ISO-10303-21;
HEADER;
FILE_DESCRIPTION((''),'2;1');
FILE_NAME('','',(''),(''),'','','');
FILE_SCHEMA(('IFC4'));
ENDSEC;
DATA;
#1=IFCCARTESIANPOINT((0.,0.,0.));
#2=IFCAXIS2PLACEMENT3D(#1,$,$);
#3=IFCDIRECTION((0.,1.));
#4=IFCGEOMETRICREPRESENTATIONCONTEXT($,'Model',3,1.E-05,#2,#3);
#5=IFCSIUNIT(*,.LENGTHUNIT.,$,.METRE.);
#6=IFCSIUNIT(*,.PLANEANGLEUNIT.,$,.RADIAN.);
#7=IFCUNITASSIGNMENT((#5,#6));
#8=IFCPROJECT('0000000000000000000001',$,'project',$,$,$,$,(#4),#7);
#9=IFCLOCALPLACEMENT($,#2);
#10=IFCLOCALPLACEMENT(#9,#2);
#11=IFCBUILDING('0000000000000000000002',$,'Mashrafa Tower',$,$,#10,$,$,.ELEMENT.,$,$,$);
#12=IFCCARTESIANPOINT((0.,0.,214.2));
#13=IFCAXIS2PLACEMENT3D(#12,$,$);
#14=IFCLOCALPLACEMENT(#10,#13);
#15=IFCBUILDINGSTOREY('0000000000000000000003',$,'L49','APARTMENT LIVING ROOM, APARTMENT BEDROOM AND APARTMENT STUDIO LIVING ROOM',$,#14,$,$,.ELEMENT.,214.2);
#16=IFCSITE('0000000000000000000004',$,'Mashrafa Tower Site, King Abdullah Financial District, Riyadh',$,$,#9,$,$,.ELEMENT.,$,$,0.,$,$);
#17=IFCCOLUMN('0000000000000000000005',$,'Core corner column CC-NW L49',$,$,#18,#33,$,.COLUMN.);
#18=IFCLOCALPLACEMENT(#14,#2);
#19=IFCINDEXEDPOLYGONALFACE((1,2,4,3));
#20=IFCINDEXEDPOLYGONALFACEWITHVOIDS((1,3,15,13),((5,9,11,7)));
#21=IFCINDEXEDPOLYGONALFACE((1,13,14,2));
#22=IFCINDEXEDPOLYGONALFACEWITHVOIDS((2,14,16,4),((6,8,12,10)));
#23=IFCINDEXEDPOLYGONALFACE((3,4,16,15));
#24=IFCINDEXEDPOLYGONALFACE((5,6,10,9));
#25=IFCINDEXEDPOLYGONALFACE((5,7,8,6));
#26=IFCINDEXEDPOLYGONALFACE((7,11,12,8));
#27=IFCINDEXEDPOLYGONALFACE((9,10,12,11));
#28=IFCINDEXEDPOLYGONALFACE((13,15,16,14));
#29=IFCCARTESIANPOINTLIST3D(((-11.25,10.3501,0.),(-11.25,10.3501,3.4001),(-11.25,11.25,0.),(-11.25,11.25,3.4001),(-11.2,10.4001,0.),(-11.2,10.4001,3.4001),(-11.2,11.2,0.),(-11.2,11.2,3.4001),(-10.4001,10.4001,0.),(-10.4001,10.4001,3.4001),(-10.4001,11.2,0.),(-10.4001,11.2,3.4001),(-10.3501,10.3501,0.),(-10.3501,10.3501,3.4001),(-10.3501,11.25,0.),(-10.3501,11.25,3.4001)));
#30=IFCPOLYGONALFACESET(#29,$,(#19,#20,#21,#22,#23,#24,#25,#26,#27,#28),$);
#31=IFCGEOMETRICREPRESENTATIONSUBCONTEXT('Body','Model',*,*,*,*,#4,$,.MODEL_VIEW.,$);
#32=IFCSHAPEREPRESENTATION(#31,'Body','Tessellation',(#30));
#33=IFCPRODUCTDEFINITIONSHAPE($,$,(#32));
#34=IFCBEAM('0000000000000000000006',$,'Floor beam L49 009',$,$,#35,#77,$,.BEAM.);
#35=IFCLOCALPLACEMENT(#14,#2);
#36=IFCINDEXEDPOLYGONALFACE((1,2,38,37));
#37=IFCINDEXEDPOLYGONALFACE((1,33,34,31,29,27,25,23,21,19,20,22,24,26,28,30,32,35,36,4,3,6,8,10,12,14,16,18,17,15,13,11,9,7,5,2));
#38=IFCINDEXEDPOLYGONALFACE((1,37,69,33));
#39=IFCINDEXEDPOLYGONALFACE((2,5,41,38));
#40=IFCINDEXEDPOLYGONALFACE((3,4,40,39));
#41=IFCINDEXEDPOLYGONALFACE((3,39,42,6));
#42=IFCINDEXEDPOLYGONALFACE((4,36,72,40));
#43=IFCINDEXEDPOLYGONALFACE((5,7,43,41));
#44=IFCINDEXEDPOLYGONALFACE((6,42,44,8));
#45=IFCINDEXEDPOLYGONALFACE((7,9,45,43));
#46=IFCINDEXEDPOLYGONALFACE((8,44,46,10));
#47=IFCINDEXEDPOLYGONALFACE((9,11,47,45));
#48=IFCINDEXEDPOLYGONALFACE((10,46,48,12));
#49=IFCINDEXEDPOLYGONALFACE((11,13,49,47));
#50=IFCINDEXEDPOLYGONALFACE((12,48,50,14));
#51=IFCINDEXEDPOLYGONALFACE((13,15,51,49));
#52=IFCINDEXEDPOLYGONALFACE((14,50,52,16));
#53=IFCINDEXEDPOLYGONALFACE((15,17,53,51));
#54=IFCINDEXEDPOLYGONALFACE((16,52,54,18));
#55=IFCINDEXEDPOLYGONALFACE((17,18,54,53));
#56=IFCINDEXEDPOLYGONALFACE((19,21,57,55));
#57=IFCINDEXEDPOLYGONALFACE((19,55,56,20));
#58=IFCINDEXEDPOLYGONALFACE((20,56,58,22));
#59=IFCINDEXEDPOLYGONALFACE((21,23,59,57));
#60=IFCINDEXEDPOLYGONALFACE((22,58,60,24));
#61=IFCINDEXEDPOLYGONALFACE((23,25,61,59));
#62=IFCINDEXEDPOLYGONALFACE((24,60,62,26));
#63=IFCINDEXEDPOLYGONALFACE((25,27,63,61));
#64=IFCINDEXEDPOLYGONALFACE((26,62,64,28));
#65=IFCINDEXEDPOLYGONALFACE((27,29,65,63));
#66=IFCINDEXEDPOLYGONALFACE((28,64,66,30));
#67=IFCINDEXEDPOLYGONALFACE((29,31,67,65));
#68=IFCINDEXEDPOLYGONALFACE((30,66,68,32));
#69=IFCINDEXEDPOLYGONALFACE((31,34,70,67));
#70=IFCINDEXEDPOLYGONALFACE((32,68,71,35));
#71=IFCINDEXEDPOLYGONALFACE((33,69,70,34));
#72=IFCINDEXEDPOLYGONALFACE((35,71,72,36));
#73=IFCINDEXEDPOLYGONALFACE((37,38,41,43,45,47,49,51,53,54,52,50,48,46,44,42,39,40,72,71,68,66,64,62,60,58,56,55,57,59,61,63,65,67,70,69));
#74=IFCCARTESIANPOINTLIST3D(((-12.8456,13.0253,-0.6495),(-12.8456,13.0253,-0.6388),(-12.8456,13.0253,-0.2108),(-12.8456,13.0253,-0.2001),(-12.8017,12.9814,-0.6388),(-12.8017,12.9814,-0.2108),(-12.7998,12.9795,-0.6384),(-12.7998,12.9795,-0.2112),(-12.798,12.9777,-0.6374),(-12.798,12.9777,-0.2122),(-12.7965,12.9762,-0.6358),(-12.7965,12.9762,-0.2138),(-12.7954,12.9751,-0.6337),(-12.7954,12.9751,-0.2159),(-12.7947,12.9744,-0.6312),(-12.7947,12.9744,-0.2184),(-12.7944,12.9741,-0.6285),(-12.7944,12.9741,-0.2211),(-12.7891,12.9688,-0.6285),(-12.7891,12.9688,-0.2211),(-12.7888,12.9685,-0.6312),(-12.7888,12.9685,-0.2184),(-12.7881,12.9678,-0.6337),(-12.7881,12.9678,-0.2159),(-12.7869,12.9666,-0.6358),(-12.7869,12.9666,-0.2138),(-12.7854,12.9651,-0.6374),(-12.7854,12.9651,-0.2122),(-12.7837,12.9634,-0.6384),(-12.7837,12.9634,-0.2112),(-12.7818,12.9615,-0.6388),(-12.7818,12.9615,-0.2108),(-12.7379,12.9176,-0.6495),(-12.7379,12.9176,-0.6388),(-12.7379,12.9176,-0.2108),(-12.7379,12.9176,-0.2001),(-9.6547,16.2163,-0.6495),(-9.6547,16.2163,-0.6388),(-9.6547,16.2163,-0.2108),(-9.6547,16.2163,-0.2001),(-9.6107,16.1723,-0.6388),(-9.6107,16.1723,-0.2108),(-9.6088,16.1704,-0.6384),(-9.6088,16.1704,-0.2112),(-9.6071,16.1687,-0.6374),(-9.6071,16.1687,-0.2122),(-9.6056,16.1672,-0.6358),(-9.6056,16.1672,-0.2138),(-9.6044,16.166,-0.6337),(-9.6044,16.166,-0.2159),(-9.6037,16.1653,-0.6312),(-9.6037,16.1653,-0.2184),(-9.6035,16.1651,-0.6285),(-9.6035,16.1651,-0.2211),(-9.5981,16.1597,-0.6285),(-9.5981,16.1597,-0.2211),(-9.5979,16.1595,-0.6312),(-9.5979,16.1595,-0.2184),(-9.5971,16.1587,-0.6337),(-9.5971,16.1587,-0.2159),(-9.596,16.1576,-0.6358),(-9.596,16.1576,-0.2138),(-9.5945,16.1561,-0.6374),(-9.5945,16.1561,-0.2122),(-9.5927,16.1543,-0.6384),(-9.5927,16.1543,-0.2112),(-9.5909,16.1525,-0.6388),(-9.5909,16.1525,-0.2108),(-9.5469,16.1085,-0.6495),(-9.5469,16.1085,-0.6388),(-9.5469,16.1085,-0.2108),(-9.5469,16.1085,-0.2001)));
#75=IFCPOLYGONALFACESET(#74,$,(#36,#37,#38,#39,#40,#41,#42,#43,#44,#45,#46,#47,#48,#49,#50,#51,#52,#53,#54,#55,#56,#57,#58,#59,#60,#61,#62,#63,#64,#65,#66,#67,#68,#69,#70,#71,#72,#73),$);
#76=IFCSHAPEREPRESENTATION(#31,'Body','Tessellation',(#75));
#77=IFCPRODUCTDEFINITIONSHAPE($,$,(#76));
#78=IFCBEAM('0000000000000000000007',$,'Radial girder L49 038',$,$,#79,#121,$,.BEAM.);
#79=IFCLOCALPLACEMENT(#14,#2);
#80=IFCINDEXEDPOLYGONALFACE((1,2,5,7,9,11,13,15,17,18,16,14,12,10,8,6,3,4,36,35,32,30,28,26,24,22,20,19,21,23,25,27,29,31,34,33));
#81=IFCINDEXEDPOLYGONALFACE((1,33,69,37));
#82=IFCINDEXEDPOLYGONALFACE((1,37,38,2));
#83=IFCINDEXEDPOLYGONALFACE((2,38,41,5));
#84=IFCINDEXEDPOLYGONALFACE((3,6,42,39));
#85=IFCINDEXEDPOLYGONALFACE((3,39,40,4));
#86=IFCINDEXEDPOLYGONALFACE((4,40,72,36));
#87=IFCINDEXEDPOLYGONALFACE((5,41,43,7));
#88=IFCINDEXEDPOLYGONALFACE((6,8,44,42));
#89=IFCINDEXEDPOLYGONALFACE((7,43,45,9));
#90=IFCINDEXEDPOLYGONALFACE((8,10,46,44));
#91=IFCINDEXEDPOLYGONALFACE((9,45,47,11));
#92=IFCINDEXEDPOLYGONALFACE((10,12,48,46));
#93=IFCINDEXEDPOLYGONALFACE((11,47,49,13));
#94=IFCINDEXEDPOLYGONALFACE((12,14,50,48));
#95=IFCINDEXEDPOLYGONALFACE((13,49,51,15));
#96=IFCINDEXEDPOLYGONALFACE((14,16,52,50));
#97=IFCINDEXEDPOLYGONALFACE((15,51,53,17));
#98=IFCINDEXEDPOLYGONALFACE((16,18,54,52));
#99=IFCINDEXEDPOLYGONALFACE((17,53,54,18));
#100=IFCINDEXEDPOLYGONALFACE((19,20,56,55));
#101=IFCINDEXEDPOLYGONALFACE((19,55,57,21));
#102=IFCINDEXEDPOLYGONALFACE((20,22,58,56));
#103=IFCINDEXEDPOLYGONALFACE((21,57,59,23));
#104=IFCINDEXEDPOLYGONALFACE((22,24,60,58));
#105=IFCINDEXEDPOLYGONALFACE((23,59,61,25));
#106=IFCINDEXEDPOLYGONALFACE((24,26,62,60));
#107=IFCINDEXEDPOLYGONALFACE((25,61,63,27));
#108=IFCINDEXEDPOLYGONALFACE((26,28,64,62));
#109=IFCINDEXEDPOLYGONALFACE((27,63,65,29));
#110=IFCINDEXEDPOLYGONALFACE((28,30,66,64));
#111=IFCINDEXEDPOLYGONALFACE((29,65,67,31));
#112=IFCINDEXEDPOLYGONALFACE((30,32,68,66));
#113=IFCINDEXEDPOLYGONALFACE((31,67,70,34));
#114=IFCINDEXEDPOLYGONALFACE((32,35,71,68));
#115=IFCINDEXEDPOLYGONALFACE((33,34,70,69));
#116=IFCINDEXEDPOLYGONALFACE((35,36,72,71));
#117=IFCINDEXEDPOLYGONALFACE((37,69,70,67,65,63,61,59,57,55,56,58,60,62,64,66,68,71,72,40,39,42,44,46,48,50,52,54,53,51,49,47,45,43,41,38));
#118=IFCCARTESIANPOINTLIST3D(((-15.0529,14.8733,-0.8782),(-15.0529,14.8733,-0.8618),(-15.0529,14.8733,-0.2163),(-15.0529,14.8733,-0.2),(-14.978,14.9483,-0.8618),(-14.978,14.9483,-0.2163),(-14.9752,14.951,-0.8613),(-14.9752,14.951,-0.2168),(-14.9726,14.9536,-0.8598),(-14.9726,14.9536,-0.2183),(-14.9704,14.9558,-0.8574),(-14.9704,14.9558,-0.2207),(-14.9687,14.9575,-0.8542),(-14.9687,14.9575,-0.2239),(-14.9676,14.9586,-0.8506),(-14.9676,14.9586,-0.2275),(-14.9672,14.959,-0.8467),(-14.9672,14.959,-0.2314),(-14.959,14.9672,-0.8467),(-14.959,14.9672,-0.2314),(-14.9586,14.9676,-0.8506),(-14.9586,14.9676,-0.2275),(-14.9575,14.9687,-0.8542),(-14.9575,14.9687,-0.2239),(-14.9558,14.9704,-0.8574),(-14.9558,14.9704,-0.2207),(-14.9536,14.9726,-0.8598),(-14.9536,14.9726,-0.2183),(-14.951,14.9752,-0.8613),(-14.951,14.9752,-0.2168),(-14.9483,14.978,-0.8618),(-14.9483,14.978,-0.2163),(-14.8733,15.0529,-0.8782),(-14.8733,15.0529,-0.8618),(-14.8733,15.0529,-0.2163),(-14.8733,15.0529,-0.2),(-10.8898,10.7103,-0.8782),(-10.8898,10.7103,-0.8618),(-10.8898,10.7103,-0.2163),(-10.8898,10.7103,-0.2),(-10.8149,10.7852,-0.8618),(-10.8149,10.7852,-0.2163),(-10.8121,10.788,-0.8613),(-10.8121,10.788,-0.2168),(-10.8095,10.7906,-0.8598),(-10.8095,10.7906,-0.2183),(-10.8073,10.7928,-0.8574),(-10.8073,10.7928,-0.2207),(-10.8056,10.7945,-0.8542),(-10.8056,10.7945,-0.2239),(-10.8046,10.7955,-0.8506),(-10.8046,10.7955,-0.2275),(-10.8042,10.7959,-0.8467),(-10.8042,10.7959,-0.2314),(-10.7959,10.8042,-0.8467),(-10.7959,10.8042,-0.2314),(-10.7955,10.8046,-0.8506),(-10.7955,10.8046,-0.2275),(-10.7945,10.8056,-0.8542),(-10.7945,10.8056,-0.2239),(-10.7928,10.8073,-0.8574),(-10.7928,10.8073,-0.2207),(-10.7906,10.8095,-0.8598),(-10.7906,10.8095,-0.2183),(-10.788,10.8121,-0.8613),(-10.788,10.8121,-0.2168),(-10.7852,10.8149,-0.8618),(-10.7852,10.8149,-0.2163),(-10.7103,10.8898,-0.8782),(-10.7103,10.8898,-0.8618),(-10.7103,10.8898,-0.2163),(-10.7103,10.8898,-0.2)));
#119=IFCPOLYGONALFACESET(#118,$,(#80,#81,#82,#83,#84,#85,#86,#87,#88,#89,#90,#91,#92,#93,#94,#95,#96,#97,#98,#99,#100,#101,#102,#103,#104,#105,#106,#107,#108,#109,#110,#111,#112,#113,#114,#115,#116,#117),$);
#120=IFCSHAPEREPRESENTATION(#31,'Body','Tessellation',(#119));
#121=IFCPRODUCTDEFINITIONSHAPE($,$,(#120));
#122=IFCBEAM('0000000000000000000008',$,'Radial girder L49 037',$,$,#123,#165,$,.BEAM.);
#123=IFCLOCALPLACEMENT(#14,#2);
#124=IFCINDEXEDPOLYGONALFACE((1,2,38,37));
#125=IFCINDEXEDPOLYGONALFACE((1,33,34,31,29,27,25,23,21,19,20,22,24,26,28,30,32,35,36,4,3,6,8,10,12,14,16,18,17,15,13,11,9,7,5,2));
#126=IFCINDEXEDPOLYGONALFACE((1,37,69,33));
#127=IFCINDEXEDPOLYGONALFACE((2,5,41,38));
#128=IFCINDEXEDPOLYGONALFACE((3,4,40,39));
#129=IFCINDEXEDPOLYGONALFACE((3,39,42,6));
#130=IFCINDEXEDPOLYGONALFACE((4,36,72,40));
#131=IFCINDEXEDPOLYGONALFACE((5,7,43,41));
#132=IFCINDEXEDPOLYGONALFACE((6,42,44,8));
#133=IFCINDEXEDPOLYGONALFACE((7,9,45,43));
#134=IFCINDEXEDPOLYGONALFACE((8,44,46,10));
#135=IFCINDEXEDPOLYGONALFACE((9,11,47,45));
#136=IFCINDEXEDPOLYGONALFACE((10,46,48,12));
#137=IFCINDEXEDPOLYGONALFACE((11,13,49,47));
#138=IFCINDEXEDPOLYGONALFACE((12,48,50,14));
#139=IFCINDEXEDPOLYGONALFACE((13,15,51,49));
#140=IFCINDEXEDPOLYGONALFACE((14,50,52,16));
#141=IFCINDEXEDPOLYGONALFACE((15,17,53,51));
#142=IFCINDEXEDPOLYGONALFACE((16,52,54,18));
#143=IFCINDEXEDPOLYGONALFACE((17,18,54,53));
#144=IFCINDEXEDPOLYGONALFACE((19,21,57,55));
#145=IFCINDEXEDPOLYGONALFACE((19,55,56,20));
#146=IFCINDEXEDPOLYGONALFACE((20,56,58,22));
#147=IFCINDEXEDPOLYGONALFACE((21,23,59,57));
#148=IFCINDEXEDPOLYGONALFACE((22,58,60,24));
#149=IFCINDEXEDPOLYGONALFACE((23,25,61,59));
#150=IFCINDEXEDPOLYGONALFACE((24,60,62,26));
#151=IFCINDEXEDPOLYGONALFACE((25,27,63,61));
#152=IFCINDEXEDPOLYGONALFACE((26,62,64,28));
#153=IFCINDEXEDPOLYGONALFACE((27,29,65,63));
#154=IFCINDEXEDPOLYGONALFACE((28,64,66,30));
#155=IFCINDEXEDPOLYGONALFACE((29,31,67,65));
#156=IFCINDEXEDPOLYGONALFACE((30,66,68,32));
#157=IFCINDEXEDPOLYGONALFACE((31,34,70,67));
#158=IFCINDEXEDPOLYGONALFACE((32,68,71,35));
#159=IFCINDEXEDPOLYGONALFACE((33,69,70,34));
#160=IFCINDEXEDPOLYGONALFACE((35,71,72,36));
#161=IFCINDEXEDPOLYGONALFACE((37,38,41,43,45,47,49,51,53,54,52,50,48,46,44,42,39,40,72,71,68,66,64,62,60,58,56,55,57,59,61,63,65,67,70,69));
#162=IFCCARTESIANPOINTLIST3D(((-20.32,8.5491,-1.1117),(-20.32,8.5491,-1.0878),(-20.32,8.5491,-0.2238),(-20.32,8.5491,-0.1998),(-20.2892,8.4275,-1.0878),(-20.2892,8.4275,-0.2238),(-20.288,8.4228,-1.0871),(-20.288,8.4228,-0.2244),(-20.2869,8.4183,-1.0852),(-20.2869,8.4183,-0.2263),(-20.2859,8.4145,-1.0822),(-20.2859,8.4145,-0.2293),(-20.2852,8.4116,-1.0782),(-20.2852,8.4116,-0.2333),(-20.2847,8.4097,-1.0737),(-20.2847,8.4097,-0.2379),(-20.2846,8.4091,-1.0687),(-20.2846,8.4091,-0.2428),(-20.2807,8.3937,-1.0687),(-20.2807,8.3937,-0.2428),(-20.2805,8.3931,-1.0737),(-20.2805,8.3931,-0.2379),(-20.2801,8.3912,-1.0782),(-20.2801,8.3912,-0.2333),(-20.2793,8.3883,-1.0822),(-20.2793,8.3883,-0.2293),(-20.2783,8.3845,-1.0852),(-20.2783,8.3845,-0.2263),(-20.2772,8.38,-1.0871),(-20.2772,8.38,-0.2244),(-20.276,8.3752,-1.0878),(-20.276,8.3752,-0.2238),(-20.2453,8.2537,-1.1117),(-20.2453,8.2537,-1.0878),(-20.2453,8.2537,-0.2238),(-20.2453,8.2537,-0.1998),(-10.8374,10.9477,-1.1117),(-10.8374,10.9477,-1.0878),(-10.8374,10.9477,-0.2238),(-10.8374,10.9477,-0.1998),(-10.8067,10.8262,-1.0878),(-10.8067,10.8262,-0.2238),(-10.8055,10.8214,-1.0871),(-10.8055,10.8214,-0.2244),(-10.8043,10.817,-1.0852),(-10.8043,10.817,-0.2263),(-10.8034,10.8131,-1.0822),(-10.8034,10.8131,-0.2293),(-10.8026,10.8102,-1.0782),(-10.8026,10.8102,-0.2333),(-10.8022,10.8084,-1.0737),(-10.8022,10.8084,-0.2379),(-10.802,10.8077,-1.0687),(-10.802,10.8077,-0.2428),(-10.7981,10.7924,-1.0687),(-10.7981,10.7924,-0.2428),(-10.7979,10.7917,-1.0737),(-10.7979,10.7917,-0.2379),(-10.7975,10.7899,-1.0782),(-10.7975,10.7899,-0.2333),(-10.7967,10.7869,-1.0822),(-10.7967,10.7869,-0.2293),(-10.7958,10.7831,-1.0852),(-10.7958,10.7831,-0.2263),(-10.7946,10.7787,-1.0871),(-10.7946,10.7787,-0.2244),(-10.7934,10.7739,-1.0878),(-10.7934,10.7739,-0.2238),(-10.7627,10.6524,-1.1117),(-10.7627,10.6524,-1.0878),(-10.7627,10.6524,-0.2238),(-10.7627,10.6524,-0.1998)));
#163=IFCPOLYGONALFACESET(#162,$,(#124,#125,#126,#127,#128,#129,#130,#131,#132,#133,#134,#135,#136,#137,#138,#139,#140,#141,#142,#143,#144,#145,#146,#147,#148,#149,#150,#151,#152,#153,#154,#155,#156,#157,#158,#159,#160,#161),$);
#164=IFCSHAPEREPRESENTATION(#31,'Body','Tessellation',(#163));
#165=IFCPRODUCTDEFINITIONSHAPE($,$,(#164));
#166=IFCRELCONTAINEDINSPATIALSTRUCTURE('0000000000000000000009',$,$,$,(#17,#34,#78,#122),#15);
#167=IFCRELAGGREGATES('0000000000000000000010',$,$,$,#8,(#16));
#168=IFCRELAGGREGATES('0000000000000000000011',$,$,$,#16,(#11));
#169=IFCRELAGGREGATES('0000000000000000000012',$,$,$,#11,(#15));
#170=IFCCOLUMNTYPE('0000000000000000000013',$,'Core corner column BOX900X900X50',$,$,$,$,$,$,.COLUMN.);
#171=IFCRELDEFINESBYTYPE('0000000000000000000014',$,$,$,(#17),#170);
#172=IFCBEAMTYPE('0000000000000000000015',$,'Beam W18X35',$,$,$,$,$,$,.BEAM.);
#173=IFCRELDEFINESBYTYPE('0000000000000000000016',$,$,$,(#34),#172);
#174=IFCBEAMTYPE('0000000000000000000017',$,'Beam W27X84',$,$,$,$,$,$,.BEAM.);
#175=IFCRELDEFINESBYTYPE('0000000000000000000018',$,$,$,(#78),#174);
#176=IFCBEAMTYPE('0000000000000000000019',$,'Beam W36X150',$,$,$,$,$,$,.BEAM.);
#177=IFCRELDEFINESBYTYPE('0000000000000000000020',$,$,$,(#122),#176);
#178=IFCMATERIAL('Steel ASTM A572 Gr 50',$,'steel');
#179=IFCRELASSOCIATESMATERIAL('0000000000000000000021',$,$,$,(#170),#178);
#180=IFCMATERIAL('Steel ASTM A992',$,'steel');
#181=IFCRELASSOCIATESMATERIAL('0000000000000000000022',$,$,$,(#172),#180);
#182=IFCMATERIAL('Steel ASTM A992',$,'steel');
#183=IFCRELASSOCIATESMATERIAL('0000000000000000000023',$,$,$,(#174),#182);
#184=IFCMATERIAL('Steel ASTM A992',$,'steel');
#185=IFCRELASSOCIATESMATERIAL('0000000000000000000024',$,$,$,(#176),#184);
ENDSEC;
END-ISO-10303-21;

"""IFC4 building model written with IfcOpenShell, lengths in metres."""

from ifc_helpers import new_model, si_unit, direction, frame, origin, origin_2d, place, context, subcontext, project, spatial, hollow_rectangle, i_section, extrude, material, material_profile, profile_set, type_object, element, save


model = new_model("IFC4")

# Units and contexts
model_context = context("Model", 3, precision=1e-05, world=origin(), true_north=direction((0.0, 1.0)))
body_context = subcontext(model_context, "Body", "Model", "MODEL_VIEW")
ifc_project = project(units=[si_unit("LENGTHUNIT", "METRE"), si_unit("PLANEANGLEUNIT", "RADIAN")], contexts=[model_context])

# Site, building, storey
site_placement = place(None, origin())
site = spatial("IfcSite", under=ifc_project, at=site_placement, Name="Mashrafa Tower Site, King Abdullah Financial District, Riyadh", CompositionType="ELEMENT", RefElevation=0.0)
building_placement = place(site_placement, origin())
building = spatial("IfcBuilding", under=site, at=building_placement, Name="Mashrafa Tower", CompositionType="ELEMENT")
storey_placement = place(building_placement, frame((0.0, 0.0, 214.2)))
storey = spatial("IfcBuildingStorey", under=building, at=storey_placement, Name="L49", Description="APARTMENT LIVING ROOM, APARTMENT BEDROOM AND APARTMENT STUDIO LIVING ROOM", CompositionType="ELEMENT", Elevation=214.2)

# Column
ifc_material_1 = material(Name="Steel ASTM A572 Gr 50", Category="steel")
ifc_material_profile_1 = material_profile(ifc_material_1, hollow_rectangle(XDim=0.8999, YDim=0.8999, WallThickness=0.05, at=origin_2d()), Name="BOX900X900X50")
ifc_profile_set_1 = profile_set([ifc_material_profile_1], Name="Steel ASTM A572 Gr 50")
column_type = type_object("IfcColumnType", Name="Core corner column BOX900X900X50", PredefinedType="COLUMN", material=ifc_profile_set_1)
column_placement = place(storey_placement, frame((-10.8, 10.8, 0.0), z_axis=(0.0, 0.0, 1.0), x_axis=(1.0, 0.0, 0.0)))
element("IfcColumn", 1, at=column_placement, inside=storey, type_object=column_type, Name="Core corner column CC-NW L49", PredefinedType="COLUMN", context=body_context, shape_type="SweptSolid", body=[
    extrude(hollow_rectangle(XDim=0.8999, YDim=0.8999, WallThickness=0.05, at=origin_2d()), origin(), (0.0, 0.0, 1.0), 3.4001),
])

# Beams
ifc_material_2 = material(Name="Steel ASTM A992", Category="steel")
ifc_material_profile_2 = material_profile(ifc_material_2, i_section(OverallWidth=0.1523, OverallDepth=0.4495, WebThickness=0.0076, FlangeThickness=0.0107, FilletRadius=0.0103, at=origin_2d()), Name="W18X35")
ifc_profile_set_2 = profile_set([ifc_material_profile_2], Name="Steel ASTM A992")
beam_type_1 = type_object("IfcBeamType", Name="Beam W18X35", PredefinedType="BEAM", material=ifc_profile_set_2)
beam_1_placement = place(storey_placement, frame((-12.7917, 12.9714, -0.4248), z_axis=(0.707107, 0.707107, 0.0), x_axis=(-0.707107, 0.707107, 0.0)))
element("IfcBeam", 2, at=beam_1_placement, inside=storey, type_object=beam_type_1, Name="Floor beam L49 009", PredefinedType="BEAM", context=body_context, shape_type="SweptSolid", body=[
    extrude(i_section(OverallWidth=0.1523, OverallDepth=0.4495, WebThickness=0.0076, FlangeThickness=0.0107, FilletRadius=0.0103, at=origin_2d()), origin(), (0.0, 0.0, 1.0), 4.5127),
])
ifc_material_3 = material(Name="Steel ASTM A992", Category="steel")
ifc_material_profile_3 = material_profile(ifc_material_3, i_section(OverallWidth=0.2539, OverallDepth=0.6782, WebThickness=0.0117, FlangeThickness=0.0164, FilletRadius=0.0151, at=origin_2d()), Name="W27X84")
ifc_profile_set_3 = profile_set([ifc_material_profile_3], Name="Steel ASTM A992")
beam_type_2 = type_object("IfcBeamType", Name="Beam W27X84", PredefinedType="BEAM", material=ifc_profile_set_3)
beam_2_placement = place(storey_placement, frame((-10.8, 10.8, -0.5391), z_axis=(-0.707107, 0.707107, 0.0), x_axis=(-0.707107, -0.707107, 0.0)))
element("IfcBeam", 3, at=beam_2_placement, inside=storey, type_object=beam_type_2, Name="Radial girder L49 038", PredefinedType="BEAM", context=body_context, shape_type="SweptSolid", body=[
    extrude(i_section(OverallWidth=0.2539, OverallDepth=0.6782, WebThickness=0.0117, FlangeThickness=0.0164, FilletRadius=0.0151, at=origin_2d()), origin(), (0.0, 0.0, 1.0), 5.8875),
])
ifc_material_4 = material(Name="Steel ASTM A992", Category="steel")
ifc_material_profile_4 = material_profile(ifc_material_4, i_section(OverallWidth=0.3047, OverallDepth=0.9119, WebThickness=0.0159, FlangeThickness=0.0239, FilletRadius=0.019, at=origin_2d()), Name="W36X150")
ifc_profile_set_4 = profile_set([ifc_material_profile_4], Name="Steel ASTM A992")
beam_type_3 = type_object("IfcBeamType", Name="Beam W36X150", PredefinedType="BEAM", material=ifc_profile_set_4)
for number, where, z_axis, x_axis, name in (
    (4, (-10.8, 10.8, -0.6558), (-0.969465, -0.24523, 0.0), (0.24523, -0.969465, 0.0), "Radial girder L49 037"),
):
    element("IfcBeam", number, at=place(storey_placement, frame(where, z_axis=z_axis, x_axis=x_axis)), inside=storey, type_object=beam_type_3, Name=name, PredefinedType="BEAM", context=body_context, shape_type="SweptSolid", body=[
        extrude(i_section(OverallWidth=0.3047, OverallDepth=0.9119, WebThickness=0.0159, FlangeThickness=0.0239, FilletRadius=0.019, at=origin_2d()), origin(), (0.0, 0.0, 1.0), 9.7812),
    ])

save(model, "model.ifc")
